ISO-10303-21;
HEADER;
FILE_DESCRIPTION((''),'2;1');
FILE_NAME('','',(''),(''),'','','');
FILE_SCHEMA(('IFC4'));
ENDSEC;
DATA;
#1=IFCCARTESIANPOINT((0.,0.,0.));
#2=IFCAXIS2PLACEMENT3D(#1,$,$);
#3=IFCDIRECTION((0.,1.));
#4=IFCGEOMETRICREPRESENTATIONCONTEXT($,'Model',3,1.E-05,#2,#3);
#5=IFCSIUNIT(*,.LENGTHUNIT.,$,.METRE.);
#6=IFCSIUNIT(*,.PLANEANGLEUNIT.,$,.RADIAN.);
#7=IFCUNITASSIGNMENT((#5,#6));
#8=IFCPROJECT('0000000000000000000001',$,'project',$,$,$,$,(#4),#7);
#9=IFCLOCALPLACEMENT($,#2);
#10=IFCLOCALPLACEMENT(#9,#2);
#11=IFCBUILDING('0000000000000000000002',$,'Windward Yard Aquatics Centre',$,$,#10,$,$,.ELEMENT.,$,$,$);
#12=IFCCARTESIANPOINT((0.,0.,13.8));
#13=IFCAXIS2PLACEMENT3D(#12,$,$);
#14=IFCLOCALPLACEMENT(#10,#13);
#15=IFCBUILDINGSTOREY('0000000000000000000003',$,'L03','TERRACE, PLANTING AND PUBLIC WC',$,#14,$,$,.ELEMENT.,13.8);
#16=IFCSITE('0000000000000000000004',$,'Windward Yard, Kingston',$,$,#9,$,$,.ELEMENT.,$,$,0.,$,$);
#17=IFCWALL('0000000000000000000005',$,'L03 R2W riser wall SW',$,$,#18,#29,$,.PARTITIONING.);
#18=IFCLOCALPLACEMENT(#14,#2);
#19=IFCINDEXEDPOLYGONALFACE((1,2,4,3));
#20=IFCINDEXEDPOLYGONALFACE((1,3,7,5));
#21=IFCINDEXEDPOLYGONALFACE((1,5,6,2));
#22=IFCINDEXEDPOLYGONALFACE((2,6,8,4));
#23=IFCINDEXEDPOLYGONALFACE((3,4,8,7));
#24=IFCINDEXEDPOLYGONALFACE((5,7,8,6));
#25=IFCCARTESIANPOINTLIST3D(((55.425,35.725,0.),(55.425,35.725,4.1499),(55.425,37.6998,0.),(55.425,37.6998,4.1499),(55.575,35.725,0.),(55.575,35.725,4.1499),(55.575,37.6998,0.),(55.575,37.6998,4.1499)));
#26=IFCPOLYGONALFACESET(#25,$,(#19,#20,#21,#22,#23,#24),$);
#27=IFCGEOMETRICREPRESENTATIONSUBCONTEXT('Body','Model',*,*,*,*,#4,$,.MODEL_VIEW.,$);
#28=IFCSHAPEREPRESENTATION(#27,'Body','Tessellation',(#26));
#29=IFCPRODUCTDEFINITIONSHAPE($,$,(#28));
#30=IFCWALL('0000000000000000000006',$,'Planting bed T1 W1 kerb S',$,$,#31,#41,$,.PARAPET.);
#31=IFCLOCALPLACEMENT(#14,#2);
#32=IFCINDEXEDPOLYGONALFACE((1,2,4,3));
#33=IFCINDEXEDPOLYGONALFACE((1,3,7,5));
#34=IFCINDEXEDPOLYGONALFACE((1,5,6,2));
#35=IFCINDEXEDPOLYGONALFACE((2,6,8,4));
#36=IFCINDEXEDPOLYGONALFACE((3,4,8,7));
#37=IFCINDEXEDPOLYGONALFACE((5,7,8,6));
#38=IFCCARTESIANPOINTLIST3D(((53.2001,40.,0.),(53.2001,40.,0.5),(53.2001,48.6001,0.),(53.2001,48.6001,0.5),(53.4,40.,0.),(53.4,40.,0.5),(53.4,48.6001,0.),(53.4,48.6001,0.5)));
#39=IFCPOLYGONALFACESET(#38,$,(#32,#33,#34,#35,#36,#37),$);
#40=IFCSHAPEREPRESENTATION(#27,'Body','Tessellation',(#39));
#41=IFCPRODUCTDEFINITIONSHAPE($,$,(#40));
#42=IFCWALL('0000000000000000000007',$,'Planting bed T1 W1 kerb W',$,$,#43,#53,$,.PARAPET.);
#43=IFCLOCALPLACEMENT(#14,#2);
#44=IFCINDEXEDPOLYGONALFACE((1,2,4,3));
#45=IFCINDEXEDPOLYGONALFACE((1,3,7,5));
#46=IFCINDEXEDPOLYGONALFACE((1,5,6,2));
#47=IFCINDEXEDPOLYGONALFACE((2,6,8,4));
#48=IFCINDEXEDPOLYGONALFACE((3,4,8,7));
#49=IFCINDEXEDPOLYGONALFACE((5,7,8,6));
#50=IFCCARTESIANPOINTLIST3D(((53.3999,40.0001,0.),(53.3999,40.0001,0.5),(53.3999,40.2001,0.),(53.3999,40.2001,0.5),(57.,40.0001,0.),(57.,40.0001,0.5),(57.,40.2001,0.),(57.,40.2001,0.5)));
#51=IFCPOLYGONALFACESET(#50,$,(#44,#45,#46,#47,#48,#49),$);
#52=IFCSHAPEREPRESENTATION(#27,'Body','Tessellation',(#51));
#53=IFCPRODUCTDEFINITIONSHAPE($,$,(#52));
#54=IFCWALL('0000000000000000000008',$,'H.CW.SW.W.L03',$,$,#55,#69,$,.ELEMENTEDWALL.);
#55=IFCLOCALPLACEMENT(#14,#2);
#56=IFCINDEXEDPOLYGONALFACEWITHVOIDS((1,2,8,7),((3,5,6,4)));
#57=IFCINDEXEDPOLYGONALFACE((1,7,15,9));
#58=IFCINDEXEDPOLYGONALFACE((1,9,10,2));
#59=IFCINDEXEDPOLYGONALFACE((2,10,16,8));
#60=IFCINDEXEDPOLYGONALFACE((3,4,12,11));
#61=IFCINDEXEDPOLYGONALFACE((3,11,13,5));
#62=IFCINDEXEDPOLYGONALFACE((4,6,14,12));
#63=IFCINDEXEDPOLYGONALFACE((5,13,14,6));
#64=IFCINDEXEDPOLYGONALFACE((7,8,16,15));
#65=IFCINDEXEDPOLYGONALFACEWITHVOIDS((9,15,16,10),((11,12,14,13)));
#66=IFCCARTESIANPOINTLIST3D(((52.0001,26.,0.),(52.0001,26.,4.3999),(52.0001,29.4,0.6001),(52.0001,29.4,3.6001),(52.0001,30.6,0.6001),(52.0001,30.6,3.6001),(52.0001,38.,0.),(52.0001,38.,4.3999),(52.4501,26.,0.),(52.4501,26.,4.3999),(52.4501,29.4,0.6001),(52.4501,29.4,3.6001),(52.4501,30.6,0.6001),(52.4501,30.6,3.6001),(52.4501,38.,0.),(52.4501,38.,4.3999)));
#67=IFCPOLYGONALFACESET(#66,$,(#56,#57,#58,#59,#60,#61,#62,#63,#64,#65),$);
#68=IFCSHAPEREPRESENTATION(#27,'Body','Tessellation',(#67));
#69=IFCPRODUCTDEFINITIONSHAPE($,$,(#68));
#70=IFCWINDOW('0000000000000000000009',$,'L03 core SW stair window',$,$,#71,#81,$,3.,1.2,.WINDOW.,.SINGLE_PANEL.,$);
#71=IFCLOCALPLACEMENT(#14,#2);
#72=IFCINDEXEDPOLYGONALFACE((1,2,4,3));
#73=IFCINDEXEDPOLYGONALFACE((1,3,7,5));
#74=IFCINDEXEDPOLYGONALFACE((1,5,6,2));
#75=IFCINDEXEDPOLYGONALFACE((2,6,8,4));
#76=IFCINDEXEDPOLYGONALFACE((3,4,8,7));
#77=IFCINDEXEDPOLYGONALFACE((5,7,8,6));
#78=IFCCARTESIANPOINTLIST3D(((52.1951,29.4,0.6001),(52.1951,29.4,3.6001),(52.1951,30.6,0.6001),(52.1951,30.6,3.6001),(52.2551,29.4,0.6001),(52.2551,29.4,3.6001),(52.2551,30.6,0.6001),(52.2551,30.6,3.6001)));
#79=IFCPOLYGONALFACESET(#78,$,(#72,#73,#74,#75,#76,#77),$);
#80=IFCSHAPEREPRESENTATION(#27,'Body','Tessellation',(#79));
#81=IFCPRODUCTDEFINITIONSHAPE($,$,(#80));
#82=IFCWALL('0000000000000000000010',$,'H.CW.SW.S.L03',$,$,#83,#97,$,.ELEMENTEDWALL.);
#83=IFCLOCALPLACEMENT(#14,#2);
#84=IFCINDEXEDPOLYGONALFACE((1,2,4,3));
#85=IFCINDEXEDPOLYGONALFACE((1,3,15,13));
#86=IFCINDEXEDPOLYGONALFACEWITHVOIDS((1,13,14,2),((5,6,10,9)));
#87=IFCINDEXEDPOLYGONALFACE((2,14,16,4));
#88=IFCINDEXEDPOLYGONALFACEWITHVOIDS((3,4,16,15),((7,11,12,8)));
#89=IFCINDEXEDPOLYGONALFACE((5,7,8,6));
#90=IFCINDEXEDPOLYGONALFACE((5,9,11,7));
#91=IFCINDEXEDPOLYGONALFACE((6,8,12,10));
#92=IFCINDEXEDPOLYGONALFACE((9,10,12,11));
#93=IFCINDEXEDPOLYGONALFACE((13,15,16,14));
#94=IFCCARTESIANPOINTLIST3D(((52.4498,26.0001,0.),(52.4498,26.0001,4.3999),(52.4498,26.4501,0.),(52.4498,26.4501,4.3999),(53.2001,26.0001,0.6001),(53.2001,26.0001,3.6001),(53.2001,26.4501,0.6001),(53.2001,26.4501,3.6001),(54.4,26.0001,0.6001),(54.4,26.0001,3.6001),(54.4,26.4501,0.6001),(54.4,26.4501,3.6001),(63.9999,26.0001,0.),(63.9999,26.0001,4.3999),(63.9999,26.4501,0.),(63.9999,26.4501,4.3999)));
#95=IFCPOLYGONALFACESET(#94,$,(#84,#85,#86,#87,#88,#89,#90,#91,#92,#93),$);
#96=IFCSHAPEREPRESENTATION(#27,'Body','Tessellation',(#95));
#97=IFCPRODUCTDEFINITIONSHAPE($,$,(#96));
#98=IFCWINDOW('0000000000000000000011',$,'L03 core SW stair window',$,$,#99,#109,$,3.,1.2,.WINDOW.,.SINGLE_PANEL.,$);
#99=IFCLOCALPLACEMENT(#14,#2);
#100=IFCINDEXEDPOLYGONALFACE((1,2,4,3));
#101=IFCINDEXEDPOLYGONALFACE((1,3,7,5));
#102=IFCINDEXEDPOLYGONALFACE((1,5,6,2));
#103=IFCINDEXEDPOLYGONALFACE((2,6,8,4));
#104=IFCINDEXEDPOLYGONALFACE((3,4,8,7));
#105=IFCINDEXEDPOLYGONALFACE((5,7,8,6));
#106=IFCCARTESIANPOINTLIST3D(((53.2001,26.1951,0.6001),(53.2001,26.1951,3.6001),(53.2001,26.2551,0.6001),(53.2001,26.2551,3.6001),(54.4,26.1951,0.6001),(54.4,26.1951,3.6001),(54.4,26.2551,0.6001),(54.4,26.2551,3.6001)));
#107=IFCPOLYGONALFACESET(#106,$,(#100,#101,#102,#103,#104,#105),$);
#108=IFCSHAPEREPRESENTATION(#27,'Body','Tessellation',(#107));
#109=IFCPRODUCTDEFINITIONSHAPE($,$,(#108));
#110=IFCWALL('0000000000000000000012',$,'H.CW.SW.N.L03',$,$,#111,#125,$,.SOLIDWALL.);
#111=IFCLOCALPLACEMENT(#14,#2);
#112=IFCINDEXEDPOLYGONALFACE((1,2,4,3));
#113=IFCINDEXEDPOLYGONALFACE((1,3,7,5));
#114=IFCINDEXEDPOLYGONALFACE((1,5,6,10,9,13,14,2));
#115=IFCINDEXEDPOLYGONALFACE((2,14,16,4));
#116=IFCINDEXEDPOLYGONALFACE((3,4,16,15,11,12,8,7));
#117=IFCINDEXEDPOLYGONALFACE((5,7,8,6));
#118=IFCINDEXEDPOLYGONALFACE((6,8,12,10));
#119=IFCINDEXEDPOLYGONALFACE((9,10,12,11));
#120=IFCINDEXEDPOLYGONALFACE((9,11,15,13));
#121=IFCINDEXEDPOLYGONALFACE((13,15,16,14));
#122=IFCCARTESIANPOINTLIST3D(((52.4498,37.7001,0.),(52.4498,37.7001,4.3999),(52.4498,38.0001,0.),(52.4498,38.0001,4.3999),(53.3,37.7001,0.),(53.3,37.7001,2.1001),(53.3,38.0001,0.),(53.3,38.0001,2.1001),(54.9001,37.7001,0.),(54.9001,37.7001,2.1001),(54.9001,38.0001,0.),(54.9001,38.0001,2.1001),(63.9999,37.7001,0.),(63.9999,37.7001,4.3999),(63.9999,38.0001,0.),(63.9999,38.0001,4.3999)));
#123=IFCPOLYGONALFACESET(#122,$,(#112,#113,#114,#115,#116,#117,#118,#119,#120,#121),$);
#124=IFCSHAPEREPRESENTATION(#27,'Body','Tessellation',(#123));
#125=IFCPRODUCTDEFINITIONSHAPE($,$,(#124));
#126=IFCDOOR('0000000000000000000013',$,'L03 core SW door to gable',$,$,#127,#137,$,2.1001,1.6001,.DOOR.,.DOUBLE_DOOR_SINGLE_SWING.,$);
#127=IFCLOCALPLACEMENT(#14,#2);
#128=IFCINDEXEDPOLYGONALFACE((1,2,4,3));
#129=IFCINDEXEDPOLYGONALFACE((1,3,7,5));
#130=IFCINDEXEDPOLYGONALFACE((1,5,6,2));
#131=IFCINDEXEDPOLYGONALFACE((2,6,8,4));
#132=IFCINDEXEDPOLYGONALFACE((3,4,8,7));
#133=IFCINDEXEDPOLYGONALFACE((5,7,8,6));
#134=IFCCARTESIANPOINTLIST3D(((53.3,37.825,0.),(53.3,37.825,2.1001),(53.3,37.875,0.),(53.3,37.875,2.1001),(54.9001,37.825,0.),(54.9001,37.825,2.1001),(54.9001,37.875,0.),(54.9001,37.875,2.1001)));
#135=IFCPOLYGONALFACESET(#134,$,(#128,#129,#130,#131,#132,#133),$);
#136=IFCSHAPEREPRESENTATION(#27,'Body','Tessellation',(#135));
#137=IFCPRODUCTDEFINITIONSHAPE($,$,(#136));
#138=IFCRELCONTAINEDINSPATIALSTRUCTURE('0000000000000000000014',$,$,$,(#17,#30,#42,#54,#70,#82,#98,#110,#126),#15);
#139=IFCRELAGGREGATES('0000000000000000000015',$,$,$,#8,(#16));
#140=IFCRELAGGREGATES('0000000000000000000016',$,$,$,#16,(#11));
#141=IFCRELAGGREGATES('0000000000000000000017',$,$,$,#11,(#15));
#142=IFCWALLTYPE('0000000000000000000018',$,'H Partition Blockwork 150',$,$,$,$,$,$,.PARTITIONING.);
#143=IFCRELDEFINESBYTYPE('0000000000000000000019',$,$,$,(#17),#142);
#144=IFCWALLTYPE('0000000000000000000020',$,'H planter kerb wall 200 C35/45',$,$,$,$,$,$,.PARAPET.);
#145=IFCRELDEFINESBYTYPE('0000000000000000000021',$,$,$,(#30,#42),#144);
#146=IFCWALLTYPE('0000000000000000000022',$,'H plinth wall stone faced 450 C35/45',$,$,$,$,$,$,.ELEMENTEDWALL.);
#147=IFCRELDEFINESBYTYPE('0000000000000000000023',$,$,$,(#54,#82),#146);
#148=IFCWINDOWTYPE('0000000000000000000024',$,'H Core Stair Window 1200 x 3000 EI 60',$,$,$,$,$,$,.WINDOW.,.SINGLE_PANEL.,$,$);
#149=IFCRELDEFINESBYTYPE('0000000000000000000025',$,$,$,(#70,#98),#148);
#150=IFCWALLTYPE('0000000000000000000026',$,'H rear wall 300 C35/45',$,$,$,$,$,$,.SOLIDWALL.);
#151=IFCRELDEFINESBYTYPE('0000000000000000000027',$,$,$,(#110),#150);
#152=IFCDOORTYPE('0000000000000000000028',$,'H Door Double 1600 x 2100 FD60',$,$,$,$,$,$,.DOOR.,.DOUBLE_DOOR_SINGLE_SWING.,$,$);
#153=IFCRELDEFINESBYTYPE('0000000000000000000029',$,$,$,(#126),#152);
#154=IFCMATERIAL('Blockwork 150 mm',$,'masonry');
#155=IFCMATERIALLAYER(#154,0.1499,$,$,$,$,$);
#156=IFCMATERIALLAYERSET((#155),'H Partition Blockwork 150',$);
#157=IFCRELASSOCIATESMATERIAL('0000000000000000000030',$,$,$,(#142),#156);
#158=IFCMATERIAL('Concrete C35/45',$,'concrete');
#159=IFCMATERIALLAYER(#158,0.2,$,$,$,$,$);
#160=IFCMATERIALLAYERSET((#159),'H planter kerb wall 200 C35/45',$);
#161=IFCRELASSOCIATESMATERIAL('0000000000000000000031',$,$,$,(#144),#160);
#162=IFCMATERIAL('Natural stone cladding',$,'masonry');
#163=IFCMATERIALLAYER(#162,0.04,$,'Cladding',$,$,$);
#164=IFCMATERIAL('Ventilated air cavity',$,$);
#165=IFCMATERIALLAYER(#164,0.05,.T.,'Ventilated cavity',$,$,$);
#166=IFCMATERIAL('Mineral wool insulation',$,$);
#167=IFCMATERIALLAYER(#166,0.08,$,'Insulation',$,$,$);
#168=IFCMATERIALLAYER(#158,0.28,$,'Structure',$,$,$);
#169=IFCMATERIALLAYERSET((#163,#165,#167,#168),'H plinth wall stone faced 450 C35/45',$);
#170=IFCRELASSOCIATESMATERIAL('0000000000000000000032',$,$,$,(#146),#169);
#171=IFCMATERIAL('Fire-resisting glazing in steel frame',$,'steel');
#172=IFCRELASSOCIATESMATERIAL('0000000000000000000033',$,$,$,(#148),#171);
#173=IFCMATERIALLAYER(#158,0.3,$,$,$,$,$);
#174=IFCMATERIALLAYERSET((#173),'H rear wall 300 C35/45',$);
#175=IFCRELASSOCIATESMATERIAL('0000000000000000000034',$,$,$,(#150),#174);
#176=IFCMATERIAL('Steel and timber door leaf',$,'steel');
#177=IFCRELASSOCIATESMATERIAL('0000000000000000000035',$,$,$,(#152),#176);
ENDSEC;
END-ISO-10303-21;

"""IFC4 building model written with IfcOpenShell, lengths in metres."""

from ifc_helpers import new_model, si_unit, direction, frame, frame_2d, origin, place, context, subcontext, project, spatial, rectangle, extrude, material, layer, layer_set, type_object, element, fill, save


model = new_model("IFC4")

# Units and contexts
model_context = context("Model", 3, precision=1e-05, world=origin(), true_north=direction((0.0, 1.0)))
body_context = subcontext(model_context, "Body", "Model", "MODEL_VIEW")
ifc_project = project(units=[si_unit("LENGTHUNIT", "METRE"), si_unit("PLANEANGLEUNIT", "RADIAN")], contexts=[model_context])

# Site, building, storey
site_placement = place(None, origin())
site = spatial("IfcSite", under=ifc_project, at=site_placement, Name="Windward Yard, Kingston", CompositionType="ELEMENT", RefElevation=0.0)
building_placement = place(site_placement, origin())
building = spatial("IfcBuilding", under=site, at=building_placement, Name="Windward Yard Aquatics Centre", CompositionType="ELEMENT")
storey_placement = place(building_placement, frame((0.0, 0.0, 13.8)))
storey = spatial("IfcBuildingStorey", under=building, at=storey_placement, Name="L03", Description="TERRACE, PLANTING AND PUBLIC WC", CompositionType="ELEMENT", Elevation=13.8)

# Shared definitions
ifc_material_1 = material(Name="Concrete C35/45", Category="concrete")

# Shared definitions
ifc_material_2 = material(Name="Steel and timber door leaf", Category="steel")
ifc_material_3 = material(Name="Blockwork 150 mm", Category="masonry")
ifc_layer_1 = layer(ifc_material_3, 0.1499)
ifc_layer_set_1 = layer_set([ifc_layer_1], Name="H Partition Blockwork 150")
wall_type_1 = type_object("IfcWallType", Name="H Partition Blockwork 150", PredefinedType="PARTITIONING", material=ifc_layer_set_1)

# Walls
wall_1_placement = place(storey_placement, frame((55.5, 35.7251, 0.0), z_axis=(0.0, 0.0, 1.0), x_axis=(0.0, 1.0, 0.0)))
element("IfcWall", 1, at=wall_1_placement, inside=storey, type_object=wall_type_1, Name="L03 R2W riser wall SW", PredefinedType="PARTITIONING", context=body_context, shape_type="SweptSolid", body=[
    extrude(rectangle(XDim=1.9749, YDim=0.1499, at=frame_2d((0.9873, 0.0))), origin(), (0.0, 0.0, 1.0), 4.1499),
])
ifc_layer_2 = layer(ifc_material_1, 0.2)
ifc_layer_set_2 = layer_set([ifc_layer_2], Name="H planter kerb wall 200 C35/45")
wall_type_2 = type_object("IfcWallType", Name="H planter kerb wall 200 C35/45", PredefinedType="PARAPET", material=ifc_layer_set_2)
wall_2_placement = place(storey_placement, frame((53.3, 40.0, 0.0), z_axis=(0.0, 0.0, 1.0), x_axis=(0.0, 1.0, 0.0)))
element("IfcWall", 2, at=wall_2_placement, inside=storey, type_object=wall_type_2, Name="Planting bed T1 W1 kerb S", PredefinedType="PARAPET", context=body_context, shape_type="SweptSolid", body=[
    extrude(rectangle(XDim=8.6001, YDim=0.2, at=frame_2d((4.3, 0.0))), origin(), (0.0, 0.0, 1.0), 0.5),
])
wall_3_placement = place(storey_placement, frame((53.3999, 40.1001, 0.0), z_axis=(0.0, 0.0, 1.0), x_axis=(1.0, 0.0, 0.0)))
element("IfcWall", 3, at=wall_3_placement, inside=storey, type_object=wall_type_2, Name="Planting bed T1 W1 kerb W", PredefinedType="PARAPET", context=body_context, shape_type="SweptSolid", body=[
    extrude(rectangle(XDim=3.6001, YDim=0.2, at=frame_2d((1.8, 0.0))), origin(), (0.0, 0.0, 1.0), 0.5),
])

# Walls, openings, windows
ifc_material_4 = material(Name="Natural stone cladding", Category="masonry")
ifc_layer_3 = layer(ifc_material_4, 0.04, Name="Cladding")
ifc_material_5 = material(Name="Ventilated air cavity")
ifc_layer_4 = layer(ifc_material_5, 0.05, ventilated=True, Name="Ventilated cavity")
ifc_material_6 = material(Name="Mineral wool insulation")
ifc_layer_5 = layer(ifc_material_6, 0.08, Name="Insulation")
ifc_layer_6 = layer(ifc_material_1, 0.28, Name="Structure")
ifc_layer_set_3 = layer_set([ifc_layer_3, ifc_layer_4, ifc_layer_5, ifc_layer_6], Name="H plinth wall stone faced 450 C35/45")
wall_type_3 = type_object("IfcWallType", Name="H plinth wall stone faced 450 C35/45", PredefinedType="ELEMENTEDWALL", material=ifc_layer_set_3)
wall_4_placement = place(storey_placement, frame((52.2251, 26.0, 0.0), z_axis=(0.0, 0.0, 1.0), x_axis=(0.0, 1.0, 0.0)))
wall_4 = element("IfcWall", 4, at=wall_4_placement, inside=storey, type_object=wall_type_3, Name="H.CW.SW.W.L03", PredefinedType="ELEMENTEDWALL", context=body_context, shape_type="SweptSolid", body=[
    extrude(rectangle(XDim=12.0, YDim=0.45, at=frame_2d((6.0, 0.0))), origin(), (0.0, 0.0, 1.0), 4.3999),
])
opening_1_placement = place(wall_4_placement, frame((3.3999, 0.0, 0.6001)))
opening_1 = element("IfcOpeningElement", 5, at=opening_1_placement, cuts=wall_4, PredefinedType="OPENING", context=body_context, shape_type="SweptSolid", body=[
    extrude(rectangle(XDim=1.2, YDim=3.0, at=frame_2d((0.6001, 1.5))), frame((0.0, 0.2349, 0.0), z_axis=(0.0, -1.0, 0.0), x_axis=(1.0, 0.0, 0.0)), (0.0, 0.0, 1.0), 0.47),
])
ifc_material_7 = material(Name="Fire-resisting glazing in steel frame", Category="steel")
window_type = type_object("IfcWindowType", Name="H Core Stair Window 1200 x 3000 EI 60", PartitioningType="SINGLE_PANEL", PredefinedType="WINDOW", material=ifc_material_7)
window_1_placement = place(opening_1_placement, origin())
window_1 = element("IfcWindow", 6, at=window_1_placement, inside=storey, type_object=window_type, Name="L03 core SW stair window", OverallHeight=3.0, OverallWidth=1.2, PartitioningType="SINGLE_PANEL", PredefinedType="WINDOW", context=body_context, shape_type="SweptSolid", body=[
    extrude(rectangle(XDim=1.2, YDim=3.0, at=frame_2d((0.6001, 1.5))), frame((0.0, 0.03, 0.0), z_axis=(0.0, -1.0, 0.0), x_axis=(1.0, 0.0, 0.0)), (0.0, 0.0, 1.0), 0.0601),
])
fill(opening_1, window_1)
wall_5_placement = place(storey_placement, frame((52.45, 26.2251, 0.0), z_axis=(0.0, 0.0, 1.0), x_axis=(1.0, 0.0, 0.0)))
wall_5 = element("IfcWall", 7, at=wall_5_placement, inside=storey, type_object=wall_type_3, Name="H.CW.SW.S.L03", PredefinedType="ELEMENTEDWALL", context=body_context, shape_type="SweptSolid", body=[
    extrude(rectangle(XDim=11.55, YDim=0.45, at=frame_2d((5.7749, 0.0))), origin(), (0.0, 0.0, 1.0), 4.3999),
])
opening_2_placement = place(wall_5_placement, frame((0.75, 0.0, 0.6001)))
opening_2 = element("IfcOpeningElement", 8, at=opening_2_placement, cuts=wall_5, PredefinedType="OPENING", context=body_context, shape_type="SweptSolid", body=[
    extrude(rectangle(XDim=1.2, YDim=3.0, at=frame_2d((0.6001, 1.5))), frame((0.0, 0.2349, 0.0), z_axis=(0.0, -1.0, 0.0), x_axis=(1.0, 0.0, 0.0)), (0.0, 0.0, 1.0), 0.47),
])
window_2_placement = place(opening_2_placement, origin())
window_2 = element("IfcWindow", 9, at=window_2_placement, inside=storey, type_object=window_type, Name="L03 core SW stair window", OverallHeight=3.0, OverallWidth=1.2, PartitioningType="SINGLE_PANEL", PredefinedType="WINDOW", context=body_context, shape_type="SweptSolid", body=[
    extrude(rectangle(XDim=1.2, YDim=3.0, at=frame_2d((0.6001, 1.5))), frame((0.0, 0.03, 0.0), z_axis=(0.0, -1.0, 0.0), x_axis=(1.0, 0.0, 0.0)), (0.0, 0.0, 1.0), 0.0601),
])
fill(opening_2, window_2)

# Wall, opening, door
ifc_layer_7 = layer(ifc_material_1, 0.3)
ifc_layer_set_4 = layer_set([ifc_layer_7], Name="H rear wall 300 C35/45")
wall_type_4 = type_object("IfcWallType", Name="H rear wall 300 C35/45", PredefinedType="SOLIDWALL", material=ifc_layer_set_4)
wall_6_placement = place(storey_placement, frame((52.45, 37.8501, 0.0), z_axis=(0.0, 0.0, 1.0), x_axis=(1.0, 0.0, 0.0)))
wall_6 = element("IfcWall", 10, at=wall_6_placement, inside=storey, type_object=wall_type_4, Name="H.CW.SW.N.L03", PredefinedType="SOLIDWALL", context=body_context, shape_type="SweptSolid", body=[
    extrude(rectangle(XDim=11.55, YDim=0.3, at=frame_2d((5.7749, 0.0))), origin(), (0.0, 0.0, 1.0), 4.3999),
])
opening_3_placement = place(wall_6_placement, frame((0.8501, 0.0, 0.0)))
opening_3 = element("IfcOpeningElement", 11, at=opening_3_placement, cuts=wall_6, PredefinedType="OPENING", context=body_context, shape_type="SweptSolid", body=[
    extrude(rectangle(XDim=1.6001, YDim=2.1001, at=frame_2d((0.8, 1.05))), frame((0.0, 0.1602, 0.0), z_axis=(0.0, -1.0, 0.0), x_axis=(1.0, 0.0, 0.0)), (0.0, 0.0, 1.0), 0.3201),
])
door_type_1 = type_object("IfcDoorType", Name="H Door Double 1600 x 2100 FD60", OperationType="DOUBLE_DOOR_SINGLE_SWING", PredefinedType="DOOR", material=ifc_material_2)
door_1_placement = place(opening_3_placement, origin())
door_1 = element("IfcDoor", 12, at=door_1_placement, inside=storey, type_object=door_type_1, Name="L03 core SW door to gable", OperationType="DOUBLE_DOOR_SINGLE_SWING", OverallHeight=2.1001, OverallWidth=1.6001, PredefinedType="DOOR", context=body_context, shape_type="SweptSolid", body=[
    extrude(rectangle(XDim=1.6001, YDim=2.1001, at=frame_2d((0.8, 1.05))), frame((0.0, 0.0249, 0.0), z_axis=(0.0, -1.0, 0.0), x_axis=(1.0, 0.0, 0.0)), (0.0, 0.0, 1.0), 0.05),
])
fill(opening_3, door_1)

save(model, "model.ifc")
